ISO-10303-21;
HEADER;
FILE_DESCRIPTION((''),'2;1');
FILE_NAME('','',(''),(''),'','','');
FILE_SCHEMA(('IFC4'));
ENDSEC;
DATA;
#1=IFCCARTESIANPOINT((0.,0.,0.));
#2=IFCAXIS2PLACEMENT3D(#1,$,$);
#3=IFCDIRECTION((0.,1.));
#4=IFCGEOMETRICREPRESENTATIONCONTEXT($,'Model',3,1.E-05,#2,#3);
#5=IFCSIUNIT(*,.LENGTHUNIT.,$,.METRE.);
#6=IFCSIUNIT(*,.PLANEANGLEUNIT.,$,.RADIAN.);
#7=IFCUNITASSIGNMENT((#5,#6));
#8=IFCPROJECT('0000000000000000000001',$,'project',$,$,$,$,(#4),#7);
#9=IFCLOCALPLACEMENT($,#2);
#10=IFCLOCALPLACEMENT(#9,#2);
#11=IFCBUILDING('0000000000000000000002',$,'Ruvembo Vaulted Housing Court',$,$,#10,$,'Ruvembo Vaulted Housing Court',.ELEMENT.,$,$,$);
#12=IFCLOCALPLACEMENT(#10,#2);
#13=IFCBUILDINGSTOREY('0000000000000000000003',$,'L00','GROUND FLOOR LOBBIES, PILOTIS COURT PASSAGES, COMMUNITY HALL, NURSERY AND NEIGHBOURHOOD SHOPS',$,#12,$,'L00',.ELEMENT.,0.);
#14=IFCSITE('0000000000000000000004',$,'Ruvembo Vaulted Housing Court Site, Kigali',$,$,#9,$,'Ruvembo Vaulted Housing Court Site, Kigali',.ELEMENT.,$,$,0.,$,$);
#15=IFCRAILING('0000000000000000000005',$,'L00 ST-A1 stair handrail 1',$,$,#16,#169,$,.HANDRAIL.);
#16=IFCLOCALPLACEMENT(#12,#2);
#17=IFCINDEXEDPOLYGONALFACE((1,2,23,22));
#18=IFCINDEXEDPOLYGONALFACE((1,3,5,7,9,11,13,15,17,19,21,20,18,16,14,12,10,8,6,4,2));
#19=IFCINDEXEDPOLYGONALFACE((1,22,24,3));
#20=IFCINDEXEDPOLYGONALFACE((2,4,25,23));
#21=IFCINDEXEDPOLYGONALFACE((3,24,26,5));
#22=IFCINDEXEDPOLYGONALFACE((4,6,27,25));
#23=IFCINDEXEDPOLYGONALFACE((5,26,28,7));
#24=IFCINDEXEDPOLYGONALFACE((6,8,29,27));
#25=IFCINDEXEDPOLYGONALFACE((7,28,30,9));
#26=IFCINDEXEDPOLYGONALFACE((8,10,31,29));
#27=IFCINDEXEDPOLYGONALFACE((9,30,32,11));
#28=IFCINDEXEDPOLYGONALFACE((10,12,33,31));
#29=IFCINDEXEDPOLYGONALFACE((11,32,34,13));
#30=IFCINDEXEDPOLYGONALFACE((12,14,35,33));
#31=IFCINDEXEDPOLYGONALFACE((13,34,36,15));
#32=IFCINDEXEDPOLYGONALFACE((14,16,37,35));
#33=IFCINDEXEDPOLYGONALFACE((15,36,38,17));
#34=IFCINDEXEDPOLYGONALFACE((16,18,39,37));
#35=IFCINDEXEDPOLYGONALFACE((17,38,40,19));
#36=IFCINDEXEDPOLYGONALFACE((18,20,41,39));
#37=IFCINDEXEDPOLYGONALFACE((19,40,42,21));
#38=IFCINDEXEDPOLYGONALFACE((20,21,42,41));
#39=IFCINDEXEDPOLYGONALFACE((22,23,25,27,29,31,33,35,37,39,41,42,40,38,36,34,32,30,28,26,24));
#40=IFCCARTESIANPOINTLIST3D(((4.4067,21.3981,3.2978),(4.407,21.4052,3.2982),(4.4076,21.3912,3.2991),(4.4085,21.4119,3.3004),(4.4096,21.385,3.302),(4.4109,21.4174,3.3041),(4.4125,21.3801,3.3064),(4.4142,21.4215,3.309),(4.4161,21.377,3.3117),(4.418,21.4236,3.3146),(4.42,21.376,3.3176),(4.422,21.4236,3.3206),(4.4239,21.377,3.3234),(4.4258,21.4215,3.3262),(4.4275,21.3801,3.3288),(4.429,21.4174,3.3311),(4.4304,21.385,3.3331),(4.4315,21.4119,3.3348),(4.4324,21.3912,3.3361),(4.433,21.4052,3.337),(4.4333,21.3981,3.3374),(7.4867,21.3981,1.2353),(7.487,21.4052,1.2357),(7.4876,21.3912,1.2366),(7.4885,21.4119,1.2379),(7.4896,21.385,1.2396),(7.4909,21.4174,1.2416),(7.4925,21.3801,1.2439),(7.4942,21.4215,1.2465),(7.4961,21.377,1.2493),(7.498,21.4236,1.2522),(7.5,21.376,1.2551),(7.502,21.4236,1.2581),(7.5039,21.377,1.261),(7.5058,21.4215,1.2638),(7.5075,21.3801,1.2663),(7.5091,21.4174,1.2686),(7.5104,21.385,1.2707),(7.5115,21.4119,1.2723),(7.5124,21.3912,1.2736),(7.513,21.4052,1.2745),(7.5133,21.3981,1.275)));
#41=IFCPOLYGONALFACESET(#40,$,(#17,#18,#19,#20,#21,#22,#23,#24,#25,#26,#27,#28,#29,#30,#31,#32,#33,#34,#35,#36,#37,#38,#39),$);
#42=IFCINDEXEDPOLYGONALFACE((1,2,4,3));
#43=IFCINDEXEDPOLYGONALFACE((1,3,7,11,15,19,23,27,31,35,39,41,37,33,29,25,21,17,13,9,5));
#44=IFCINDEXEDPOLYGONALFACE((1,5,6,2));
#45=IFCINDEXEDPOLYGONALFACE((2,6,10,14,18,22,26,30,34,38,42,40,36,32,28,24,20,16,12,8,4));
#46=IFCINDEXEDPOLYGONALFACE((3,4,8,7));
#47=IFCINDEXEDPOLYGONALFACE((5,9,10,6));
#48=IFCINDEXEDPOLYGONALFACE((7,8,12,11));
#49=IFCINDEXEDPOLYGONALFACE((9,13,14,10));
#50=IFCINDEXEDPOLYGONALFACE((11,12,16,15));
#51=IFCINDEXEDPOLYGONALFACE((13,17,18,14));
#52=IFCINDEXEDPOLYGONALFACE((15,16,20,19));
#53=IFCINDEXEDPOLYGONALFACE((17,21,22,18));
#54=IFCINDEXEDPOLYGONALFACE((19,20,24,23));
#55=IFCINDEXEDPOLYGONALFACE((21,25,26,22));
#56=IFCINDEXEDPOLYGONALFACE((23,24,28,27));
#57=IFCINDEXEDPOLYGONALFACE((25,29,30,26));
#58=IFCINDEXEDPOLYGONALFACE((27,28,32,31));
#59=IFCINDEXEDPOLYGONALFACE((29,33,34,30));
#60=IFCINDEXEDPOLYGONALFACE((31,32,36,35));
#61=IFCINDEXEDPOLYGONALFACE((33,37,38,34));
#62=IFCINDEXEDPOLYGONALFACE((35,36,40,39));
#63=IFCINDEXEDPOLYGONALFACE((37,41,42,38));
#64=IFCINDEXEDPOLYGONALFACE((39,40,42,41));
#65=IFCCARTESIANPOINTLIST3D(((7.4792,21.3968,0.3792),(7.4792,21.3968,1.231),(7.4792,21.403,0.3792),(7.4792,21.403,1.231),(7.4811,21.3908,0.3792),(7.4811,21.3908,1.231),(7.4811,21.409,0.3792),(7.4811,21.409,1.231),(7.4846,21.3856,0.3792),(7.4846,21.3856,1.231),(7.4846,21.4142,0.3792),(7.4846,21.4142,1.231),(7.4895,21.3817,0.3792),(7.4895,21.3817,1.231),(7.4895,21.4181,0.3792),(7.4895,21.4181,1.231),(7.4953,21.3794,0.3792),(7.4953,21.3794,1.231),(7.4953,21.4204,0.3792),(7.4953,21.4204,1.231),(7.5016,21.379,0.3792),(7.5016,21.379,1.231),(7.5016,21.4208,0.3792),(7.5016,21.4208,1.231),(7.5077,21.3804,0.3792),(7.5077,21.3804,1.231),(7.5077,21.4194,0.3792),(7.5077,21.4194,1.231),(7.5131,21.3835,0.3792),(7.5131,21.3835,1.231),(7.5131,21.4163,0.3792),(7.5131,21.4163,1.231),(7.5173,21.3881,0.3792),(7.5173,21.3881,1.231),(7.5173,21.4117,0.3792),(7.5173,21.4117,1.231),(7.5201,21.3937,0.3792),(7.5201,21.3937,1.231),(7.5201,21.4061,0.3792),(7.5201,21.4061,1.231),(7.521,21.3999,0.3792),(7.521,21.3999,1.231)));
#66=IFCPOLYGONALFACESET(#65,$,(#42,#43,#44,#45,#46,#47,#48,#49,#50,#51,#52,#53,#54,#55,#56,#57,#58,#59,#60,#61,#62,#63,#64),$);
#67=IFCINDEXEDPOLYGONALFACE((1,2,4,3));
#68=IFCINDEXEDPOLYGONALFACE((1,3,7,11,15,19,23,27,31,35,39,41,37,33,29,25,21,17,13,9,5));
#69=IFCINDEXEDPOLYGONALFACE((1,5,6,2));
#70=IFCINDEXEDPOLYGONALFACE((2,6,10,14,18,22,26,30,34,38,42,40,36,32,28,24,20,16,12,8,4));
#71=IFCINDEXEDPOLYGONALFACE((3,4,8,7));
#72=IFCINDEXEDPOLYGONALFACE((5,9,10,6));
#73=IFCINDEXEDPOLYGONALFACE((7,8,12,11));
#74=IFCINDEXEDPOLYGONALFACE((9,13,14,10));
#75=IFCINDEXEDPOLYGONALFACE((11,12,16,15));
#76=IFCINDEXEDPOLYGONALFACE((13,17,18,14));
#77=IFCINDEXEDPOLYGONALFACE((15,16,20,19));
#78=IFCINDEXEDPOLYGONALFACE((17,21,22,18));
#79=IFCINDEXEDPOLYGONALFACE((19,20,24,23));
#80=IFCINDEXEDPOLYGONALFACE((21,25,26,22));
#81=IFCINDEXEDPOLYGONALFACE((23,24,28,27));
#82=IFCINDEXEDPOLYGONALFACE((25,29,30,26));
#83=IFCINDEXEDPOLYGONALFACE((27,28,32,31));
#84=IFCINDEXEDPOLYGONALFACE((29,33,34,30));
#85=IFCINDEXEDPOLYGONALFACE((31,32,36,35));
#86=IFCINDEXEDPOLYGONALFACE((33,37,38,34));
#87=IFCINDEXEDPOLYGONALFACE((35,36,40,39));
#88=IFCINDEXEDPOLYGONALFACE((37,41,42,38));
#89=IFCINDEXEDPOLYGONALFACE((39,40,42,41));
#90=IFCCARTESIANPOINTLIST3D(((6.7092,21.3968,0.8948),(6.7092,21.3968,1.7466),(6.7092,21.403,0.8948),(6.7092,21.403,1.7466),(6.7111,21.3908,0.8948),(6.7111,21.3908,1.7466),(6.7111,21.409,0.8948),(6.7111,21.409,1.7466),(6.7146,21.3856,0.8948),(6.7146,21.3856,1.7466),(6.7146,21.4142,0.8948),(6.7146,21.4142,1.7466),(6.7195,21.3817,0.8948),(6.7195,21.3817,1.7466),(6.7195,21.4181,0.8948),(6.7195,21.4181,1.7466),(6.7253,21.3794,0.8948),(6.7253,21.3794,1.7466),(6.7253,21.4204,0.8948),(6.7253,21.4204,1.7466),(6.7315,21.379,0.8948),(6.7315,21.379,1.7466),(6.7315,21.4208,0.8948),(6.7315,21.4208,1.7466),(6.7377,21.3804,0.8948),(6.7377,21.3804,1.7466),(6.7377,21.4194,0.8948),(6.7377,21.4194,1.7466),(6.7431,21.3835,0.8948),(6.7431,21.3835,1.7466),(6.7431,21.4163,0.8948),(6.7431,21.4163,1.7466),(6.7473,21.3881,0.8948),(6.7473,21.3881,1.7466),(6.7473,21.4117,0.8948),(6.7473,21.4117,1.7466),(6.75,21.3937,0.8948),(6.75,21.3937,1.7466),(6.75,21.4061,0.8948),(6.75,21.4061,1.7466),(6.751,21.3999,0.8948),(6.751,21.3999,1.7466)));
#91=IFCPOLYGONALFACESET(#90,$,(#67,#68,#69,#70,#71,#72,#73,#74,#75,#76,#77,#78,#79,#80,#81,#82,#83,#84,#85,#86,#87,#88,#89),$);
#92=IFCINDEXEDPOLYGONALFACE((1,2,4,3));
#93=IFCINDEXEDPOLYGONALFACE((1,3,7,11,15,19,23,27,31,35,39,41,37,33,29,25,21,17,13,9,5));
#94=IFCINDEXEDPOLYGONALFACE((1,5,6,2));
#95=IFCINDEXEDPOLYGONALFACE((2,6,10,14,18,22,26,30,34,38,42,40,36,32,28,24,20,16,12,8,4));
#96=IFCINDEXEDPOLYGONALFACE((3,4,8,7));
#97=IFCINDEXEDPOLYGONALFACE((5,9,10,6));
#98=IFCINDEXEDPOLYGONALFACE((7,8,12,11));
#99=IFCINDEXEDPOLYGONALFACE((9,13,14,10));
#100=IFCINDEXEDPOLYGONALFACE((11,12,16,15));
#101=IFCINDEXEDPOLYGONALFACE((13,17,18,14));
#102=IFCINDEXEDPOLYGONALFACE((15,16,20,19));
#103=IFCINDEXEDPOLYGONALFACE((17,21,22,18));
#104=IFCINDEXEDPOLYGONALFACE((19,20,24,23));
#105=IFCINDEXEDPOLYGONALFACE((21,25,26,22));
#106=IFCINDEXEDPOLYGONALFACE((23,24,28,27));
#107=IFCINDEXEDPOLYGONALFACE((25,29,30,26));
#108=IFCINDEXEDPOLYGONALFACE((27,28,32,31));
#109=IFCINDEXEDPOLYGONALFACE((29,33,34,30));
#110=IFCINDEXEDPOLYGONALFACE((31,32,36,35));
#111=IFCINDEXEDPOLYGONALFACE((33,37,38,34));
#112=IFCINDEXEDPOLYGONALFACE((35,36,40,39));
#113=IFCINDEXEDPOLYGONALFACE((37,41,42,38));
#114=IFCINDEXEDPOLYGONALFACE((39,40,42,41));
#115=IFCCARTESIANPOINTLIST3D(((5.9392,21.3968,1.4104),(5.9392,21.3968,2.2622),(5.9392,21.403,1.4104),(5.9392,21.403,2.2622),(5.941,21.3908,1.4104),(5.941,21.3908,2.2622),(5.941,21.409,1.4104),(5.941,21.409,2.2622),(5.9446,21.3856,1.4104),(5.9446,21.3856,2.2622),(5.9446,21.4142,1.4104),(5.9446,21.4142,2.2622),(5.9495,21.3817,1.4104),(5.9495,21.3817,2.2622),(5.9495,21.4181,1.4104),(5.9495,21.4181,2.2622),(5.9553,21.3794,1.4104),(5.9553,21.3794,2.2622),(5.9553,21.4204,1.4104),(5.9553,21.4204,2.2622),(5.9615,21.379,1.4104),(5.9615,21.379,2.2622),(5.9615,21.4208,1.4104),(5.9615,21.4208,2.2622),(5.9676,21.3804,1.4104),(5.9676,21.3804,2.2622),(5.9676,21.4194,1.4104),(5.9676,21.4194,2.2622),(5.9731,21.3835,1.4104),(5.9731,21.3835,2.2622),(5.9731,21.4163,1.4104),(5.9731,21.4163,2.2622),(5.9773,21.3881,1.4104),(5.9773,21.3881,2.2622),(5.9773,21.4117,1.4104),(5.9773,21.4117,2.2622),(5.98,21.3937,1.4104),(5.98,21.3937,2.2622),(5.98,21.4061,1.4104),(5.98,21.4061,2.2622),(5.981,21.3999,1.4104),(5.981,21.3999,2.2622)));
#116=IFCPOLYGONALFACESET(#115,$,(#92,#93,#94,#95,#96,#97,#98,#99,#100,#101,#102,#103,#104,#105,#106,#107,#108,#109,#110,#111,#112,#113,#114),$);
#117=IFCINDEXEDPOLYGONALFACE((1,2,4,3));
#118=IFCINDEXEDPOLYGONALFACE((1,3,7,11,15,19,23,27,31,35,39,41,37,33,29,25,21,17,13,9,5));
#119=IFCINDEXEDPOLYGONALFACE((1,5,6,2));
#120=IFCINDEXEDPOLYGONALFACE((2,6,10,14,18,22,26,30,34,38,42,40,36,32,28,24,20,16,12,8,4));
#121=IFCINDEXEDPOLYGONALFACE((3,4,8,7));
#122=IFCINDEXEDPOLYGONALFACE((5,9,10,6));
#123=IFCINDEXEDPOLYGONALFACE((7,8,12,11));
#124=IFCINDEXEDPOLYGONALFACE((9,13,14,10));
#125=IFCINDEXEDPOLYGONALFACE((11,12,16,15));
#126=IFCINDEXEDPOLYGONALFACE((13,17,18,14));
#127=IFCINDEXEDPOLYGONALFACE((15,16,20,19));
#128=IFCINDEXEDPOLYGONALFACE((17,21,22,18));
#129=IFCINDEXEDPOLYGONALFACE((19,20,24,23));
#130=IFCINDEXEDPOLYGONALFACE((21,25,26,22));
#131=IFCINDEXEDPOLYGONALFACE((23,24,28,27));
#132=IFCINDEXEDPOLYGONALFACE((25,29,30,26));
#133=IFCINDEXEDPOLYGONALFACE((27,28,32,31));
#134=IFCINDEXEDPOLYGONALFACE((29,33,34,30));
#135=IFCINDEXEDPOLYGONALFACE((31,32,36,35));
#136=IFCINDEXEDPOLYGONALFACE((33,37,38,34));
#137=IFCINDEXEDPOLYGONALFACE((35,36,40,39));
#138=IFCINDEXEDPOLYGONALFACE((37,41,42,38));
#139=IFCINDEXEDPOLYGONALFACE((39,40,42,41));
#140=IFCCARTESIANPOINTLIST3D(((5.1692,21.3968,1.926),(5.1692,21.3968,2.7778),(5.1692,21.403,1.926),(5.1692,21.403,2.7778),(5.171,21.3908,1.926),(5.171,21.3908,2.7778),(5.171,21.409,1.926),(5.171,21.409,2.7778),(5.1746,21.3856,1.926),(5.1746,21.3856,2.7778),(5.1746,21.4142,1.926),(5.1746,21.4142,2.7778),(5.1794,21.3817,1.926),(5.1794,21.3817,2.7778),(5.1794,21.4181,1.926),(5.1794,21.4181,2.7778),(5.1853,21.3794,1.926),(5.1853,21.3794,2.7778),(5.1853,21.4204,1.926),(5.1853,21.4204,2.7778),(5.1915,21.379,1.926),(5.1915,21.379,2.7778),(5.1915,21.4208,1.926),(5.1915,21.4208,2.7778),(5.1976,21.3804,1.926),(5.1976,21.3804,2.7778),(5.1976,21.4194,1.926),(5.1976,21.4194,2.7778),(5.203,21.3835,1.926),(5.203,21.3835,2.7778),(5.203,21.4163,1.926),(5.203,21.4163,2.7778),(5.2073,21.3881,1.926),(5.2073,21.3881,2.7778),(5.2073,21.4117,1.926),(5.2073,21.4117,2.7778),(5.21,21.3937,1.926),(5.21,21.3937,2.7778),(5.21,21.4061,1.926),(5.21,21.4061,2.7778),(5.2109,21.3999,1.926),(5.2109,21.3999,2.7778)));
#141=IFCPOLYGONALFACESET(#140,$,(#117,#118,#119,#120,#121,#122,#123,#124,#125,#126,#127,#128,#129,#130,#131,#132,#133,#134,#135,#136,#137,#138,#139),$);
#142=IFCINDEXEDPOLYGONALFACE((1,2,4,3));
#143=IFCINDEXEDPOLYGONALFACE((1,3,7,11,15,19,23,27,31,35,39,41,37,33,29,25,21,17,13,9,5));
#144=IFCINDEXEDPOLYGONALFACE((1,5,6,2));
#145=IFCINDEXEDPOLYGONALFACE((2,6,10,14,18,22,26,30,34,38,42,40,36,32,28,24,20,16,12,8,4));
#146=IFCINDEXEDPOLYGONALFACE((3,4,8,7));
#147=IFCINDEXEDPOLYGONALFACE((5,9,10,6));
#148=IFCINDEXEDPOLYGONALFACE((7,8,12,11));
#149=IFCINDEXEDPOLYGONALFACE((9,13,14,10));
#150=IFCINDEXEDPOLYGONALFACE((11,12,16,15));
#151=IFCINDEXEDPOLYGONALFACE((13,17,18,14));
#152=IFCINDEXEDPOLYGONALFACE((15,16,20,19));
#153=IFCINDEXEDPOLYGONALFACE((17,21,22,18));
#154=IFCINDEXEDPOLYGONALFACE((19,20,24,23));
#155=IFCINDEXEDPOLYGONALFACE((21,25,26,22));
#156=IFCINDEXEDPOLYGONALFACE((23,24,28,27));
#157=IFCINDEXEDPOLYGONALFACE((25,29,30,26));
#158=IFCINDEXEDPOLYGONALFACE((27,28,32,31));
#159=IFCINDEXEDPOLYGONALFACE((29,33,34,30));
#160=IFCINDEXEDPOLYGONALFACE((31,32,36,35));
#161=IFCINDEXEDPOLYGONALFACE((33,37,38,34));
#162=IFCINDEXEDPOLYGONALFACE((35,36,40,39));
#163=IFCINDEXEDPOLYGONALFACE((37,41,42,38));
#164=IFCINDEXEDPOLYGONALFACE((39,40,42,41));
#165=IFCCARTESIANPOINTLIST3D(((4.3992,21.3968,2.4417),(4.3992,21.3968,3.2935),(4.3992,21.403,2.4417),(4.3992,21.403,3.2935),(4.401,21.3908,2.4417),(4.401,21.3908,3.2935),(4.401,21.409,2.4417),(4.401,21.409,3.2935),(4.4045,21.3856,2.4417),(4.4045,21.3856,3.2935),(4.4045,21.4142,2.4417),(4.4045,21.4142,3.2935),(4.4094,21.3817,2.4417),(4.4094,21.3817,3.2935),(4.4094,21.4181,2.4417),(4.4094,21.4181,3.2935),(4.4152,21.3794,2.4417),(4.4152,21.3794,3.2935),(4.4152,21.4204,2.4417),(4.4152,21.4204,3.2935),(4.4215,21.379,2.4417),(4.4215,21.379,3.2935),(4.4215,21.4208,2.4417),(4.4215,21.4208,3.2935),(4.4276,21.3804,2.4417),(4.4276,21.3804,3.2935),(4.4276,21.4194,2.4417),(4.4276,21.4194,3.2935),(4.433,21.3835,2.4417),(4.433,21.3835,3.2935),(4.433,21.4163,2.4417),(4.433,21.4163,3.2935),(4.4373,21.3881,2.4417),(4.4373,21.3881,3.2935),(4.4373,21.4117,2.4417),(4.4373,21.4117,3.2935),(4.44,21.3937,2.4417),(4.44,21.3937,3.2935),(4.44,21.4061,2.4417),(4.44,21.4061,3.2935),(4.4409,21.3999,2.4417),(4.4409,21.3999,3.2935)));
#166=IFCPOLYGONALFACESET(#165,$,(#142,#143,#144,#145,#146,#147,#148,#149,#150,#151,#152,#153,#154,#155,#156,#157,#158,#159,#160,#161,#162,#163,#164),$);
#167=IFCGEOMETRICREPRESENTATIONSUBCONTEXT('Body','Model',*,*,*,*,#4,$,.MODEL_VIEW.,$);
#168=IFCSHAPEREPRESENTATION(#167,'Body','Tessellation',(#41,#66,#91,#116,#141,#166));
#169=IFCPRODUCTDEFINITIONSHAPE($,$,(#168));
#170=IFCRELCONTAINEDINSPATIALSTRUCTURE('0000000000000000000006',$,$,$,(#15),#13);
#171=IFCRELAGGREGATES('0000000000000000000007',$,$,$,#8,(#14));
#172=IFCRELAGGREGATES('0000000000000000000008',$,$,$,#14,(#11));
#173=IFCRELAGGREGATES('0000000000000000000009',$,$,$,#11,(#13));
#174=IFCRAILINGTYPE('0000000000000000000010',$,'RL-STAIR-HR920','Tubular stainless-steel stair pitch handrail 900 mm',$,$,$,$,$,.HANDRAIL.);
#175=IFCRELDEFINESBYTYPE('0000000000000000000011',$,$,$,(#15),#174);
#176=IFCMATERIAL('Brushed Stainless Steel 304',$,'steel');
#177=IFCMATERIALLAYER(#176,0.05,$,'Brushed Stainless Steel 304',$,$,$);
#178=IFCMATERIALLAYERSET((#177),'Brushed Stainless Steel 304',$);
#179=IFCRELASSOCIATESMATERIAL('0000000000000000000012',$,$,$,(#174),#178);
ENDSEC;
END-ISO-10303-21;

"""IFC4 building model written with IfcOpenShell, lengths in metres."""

from ifc_helpers import new_model, si_unit, direction, frame, origin, origin_2d, place, context, subcontext, project, spatial, circle, extrude, material, layer, layer_set, type_object, element, save


model = new_model("IFC4")

# Units and contexts
model_context = context("Model", 3, precision=1e-05, world=origin(), true_north=direction((0.0, 1.0)))
body_context = subcontext(model_context, "Body", "Model", "MODEL_VIEW")
ifc_project = project(units=[si_unit("LENGTHUNIT", "METRE"), si_unit("PLANEANGLEUNIT", "RADIAN")], contexts=[model_context])

# Site, building, storey
site_placement = place(None, origin())
site = spatial("IfcSite", under=ifc_project, at=site_placement, Name="Ruvembo Vaulted Housing Court Site, Kigali", LongName="Ruvembo Vaulted Housing Court Site, Kigali", CompositionType="ELEMENT", RefElevation=0.0)
building_placement = place(site_placement, origin())
building = spatial("IfcBuilding", under=site, at=building_placement, Name="Ruvembo Vaulted Housing Court", LongName="Ruvembo Vaulted Housing Court", CompositionType="ELEMENT")
storey_placement = place(building_placement, origin())
storey = spatial("IfcBuildingStorey", under=building, at=storey_placement, Name="L00", Description="GROUND FLOOR LOBBIES, PILOTIS COURT PASSAGES, COMMUNITY HALL, NURSERY AND NEIGHBOURHOOD SHOPS", LongName="L00", CompositionType="ELEMENT", Elevation=0.0)

# Railing
ifc_material_1 = material(Name="Brushed Stainless Steel 304", Category="steel")
ifc_layer_1 = layer(ifc_material_1, 0.05, Name="Brushed Stainless Steel 304")
ifc_layer_set_1 = layer_set([ifc_layer_1], Name="Brushed Stainless Steel 304")
railing_type_1 = type_object("IfcRailingType", Name="RL-STAIR-HR920", Description="Tubular stainless-steel stair pitch handrail 900 mm", PredefinedType="HANDRAIL", material=ifc_layer_set_1)
railing_1_placement = place(storey_placement, frame((7.5, 21.3999, 0.3792)))
element("IfcRailing", 1, at=railing_1_placement, inside=storey, type_object=railing_type_1, Name="L00 ST-A1 stair handrail 1", PredefinedType="HANDRAIL", context=body_context, shape_type="SweptSolid", body=[
    extrude(circle(Radius=0.0239, at=origin_2d()), frame((0.0, 0.0, 0.876), z_axis=(-0.830914, 0.0, 0.556401), x_axis=(0.0, -1.0, 0.0)), (0.0, 0.0, 1.0), 3.7068),
    extrude(circle(Radius=0.021, at=origin_2d()), origin(), (0.0, 0.0, 1.0), 0.8518),
    extrude(circle(Radius=0.021, at=origin_2d()), frame((-0.77, 0.0, 0.5156)), (0.0, 0.0, 1.0), 0.8518),
    extrude(circle(Radius=0.021, at=origin_2d()), frame((-1.54, 0.0, 1.0312)), (0.0, 0.0, 1.0), 0.8518),
    extrude(circle(Radius=0.021, at=origin_2d()), frame((-2.3101, 0.0, 1.5469)), (0.0, 0.0, 1.0), 0.8518),
    extrude(circle(Radius=0.021, at=origin_2d()), frame((-3.0801, 0.0, 2.0625)), (0.0, 0.0, 1.0), 0.8518),
])

save(model, "model.ifc")
